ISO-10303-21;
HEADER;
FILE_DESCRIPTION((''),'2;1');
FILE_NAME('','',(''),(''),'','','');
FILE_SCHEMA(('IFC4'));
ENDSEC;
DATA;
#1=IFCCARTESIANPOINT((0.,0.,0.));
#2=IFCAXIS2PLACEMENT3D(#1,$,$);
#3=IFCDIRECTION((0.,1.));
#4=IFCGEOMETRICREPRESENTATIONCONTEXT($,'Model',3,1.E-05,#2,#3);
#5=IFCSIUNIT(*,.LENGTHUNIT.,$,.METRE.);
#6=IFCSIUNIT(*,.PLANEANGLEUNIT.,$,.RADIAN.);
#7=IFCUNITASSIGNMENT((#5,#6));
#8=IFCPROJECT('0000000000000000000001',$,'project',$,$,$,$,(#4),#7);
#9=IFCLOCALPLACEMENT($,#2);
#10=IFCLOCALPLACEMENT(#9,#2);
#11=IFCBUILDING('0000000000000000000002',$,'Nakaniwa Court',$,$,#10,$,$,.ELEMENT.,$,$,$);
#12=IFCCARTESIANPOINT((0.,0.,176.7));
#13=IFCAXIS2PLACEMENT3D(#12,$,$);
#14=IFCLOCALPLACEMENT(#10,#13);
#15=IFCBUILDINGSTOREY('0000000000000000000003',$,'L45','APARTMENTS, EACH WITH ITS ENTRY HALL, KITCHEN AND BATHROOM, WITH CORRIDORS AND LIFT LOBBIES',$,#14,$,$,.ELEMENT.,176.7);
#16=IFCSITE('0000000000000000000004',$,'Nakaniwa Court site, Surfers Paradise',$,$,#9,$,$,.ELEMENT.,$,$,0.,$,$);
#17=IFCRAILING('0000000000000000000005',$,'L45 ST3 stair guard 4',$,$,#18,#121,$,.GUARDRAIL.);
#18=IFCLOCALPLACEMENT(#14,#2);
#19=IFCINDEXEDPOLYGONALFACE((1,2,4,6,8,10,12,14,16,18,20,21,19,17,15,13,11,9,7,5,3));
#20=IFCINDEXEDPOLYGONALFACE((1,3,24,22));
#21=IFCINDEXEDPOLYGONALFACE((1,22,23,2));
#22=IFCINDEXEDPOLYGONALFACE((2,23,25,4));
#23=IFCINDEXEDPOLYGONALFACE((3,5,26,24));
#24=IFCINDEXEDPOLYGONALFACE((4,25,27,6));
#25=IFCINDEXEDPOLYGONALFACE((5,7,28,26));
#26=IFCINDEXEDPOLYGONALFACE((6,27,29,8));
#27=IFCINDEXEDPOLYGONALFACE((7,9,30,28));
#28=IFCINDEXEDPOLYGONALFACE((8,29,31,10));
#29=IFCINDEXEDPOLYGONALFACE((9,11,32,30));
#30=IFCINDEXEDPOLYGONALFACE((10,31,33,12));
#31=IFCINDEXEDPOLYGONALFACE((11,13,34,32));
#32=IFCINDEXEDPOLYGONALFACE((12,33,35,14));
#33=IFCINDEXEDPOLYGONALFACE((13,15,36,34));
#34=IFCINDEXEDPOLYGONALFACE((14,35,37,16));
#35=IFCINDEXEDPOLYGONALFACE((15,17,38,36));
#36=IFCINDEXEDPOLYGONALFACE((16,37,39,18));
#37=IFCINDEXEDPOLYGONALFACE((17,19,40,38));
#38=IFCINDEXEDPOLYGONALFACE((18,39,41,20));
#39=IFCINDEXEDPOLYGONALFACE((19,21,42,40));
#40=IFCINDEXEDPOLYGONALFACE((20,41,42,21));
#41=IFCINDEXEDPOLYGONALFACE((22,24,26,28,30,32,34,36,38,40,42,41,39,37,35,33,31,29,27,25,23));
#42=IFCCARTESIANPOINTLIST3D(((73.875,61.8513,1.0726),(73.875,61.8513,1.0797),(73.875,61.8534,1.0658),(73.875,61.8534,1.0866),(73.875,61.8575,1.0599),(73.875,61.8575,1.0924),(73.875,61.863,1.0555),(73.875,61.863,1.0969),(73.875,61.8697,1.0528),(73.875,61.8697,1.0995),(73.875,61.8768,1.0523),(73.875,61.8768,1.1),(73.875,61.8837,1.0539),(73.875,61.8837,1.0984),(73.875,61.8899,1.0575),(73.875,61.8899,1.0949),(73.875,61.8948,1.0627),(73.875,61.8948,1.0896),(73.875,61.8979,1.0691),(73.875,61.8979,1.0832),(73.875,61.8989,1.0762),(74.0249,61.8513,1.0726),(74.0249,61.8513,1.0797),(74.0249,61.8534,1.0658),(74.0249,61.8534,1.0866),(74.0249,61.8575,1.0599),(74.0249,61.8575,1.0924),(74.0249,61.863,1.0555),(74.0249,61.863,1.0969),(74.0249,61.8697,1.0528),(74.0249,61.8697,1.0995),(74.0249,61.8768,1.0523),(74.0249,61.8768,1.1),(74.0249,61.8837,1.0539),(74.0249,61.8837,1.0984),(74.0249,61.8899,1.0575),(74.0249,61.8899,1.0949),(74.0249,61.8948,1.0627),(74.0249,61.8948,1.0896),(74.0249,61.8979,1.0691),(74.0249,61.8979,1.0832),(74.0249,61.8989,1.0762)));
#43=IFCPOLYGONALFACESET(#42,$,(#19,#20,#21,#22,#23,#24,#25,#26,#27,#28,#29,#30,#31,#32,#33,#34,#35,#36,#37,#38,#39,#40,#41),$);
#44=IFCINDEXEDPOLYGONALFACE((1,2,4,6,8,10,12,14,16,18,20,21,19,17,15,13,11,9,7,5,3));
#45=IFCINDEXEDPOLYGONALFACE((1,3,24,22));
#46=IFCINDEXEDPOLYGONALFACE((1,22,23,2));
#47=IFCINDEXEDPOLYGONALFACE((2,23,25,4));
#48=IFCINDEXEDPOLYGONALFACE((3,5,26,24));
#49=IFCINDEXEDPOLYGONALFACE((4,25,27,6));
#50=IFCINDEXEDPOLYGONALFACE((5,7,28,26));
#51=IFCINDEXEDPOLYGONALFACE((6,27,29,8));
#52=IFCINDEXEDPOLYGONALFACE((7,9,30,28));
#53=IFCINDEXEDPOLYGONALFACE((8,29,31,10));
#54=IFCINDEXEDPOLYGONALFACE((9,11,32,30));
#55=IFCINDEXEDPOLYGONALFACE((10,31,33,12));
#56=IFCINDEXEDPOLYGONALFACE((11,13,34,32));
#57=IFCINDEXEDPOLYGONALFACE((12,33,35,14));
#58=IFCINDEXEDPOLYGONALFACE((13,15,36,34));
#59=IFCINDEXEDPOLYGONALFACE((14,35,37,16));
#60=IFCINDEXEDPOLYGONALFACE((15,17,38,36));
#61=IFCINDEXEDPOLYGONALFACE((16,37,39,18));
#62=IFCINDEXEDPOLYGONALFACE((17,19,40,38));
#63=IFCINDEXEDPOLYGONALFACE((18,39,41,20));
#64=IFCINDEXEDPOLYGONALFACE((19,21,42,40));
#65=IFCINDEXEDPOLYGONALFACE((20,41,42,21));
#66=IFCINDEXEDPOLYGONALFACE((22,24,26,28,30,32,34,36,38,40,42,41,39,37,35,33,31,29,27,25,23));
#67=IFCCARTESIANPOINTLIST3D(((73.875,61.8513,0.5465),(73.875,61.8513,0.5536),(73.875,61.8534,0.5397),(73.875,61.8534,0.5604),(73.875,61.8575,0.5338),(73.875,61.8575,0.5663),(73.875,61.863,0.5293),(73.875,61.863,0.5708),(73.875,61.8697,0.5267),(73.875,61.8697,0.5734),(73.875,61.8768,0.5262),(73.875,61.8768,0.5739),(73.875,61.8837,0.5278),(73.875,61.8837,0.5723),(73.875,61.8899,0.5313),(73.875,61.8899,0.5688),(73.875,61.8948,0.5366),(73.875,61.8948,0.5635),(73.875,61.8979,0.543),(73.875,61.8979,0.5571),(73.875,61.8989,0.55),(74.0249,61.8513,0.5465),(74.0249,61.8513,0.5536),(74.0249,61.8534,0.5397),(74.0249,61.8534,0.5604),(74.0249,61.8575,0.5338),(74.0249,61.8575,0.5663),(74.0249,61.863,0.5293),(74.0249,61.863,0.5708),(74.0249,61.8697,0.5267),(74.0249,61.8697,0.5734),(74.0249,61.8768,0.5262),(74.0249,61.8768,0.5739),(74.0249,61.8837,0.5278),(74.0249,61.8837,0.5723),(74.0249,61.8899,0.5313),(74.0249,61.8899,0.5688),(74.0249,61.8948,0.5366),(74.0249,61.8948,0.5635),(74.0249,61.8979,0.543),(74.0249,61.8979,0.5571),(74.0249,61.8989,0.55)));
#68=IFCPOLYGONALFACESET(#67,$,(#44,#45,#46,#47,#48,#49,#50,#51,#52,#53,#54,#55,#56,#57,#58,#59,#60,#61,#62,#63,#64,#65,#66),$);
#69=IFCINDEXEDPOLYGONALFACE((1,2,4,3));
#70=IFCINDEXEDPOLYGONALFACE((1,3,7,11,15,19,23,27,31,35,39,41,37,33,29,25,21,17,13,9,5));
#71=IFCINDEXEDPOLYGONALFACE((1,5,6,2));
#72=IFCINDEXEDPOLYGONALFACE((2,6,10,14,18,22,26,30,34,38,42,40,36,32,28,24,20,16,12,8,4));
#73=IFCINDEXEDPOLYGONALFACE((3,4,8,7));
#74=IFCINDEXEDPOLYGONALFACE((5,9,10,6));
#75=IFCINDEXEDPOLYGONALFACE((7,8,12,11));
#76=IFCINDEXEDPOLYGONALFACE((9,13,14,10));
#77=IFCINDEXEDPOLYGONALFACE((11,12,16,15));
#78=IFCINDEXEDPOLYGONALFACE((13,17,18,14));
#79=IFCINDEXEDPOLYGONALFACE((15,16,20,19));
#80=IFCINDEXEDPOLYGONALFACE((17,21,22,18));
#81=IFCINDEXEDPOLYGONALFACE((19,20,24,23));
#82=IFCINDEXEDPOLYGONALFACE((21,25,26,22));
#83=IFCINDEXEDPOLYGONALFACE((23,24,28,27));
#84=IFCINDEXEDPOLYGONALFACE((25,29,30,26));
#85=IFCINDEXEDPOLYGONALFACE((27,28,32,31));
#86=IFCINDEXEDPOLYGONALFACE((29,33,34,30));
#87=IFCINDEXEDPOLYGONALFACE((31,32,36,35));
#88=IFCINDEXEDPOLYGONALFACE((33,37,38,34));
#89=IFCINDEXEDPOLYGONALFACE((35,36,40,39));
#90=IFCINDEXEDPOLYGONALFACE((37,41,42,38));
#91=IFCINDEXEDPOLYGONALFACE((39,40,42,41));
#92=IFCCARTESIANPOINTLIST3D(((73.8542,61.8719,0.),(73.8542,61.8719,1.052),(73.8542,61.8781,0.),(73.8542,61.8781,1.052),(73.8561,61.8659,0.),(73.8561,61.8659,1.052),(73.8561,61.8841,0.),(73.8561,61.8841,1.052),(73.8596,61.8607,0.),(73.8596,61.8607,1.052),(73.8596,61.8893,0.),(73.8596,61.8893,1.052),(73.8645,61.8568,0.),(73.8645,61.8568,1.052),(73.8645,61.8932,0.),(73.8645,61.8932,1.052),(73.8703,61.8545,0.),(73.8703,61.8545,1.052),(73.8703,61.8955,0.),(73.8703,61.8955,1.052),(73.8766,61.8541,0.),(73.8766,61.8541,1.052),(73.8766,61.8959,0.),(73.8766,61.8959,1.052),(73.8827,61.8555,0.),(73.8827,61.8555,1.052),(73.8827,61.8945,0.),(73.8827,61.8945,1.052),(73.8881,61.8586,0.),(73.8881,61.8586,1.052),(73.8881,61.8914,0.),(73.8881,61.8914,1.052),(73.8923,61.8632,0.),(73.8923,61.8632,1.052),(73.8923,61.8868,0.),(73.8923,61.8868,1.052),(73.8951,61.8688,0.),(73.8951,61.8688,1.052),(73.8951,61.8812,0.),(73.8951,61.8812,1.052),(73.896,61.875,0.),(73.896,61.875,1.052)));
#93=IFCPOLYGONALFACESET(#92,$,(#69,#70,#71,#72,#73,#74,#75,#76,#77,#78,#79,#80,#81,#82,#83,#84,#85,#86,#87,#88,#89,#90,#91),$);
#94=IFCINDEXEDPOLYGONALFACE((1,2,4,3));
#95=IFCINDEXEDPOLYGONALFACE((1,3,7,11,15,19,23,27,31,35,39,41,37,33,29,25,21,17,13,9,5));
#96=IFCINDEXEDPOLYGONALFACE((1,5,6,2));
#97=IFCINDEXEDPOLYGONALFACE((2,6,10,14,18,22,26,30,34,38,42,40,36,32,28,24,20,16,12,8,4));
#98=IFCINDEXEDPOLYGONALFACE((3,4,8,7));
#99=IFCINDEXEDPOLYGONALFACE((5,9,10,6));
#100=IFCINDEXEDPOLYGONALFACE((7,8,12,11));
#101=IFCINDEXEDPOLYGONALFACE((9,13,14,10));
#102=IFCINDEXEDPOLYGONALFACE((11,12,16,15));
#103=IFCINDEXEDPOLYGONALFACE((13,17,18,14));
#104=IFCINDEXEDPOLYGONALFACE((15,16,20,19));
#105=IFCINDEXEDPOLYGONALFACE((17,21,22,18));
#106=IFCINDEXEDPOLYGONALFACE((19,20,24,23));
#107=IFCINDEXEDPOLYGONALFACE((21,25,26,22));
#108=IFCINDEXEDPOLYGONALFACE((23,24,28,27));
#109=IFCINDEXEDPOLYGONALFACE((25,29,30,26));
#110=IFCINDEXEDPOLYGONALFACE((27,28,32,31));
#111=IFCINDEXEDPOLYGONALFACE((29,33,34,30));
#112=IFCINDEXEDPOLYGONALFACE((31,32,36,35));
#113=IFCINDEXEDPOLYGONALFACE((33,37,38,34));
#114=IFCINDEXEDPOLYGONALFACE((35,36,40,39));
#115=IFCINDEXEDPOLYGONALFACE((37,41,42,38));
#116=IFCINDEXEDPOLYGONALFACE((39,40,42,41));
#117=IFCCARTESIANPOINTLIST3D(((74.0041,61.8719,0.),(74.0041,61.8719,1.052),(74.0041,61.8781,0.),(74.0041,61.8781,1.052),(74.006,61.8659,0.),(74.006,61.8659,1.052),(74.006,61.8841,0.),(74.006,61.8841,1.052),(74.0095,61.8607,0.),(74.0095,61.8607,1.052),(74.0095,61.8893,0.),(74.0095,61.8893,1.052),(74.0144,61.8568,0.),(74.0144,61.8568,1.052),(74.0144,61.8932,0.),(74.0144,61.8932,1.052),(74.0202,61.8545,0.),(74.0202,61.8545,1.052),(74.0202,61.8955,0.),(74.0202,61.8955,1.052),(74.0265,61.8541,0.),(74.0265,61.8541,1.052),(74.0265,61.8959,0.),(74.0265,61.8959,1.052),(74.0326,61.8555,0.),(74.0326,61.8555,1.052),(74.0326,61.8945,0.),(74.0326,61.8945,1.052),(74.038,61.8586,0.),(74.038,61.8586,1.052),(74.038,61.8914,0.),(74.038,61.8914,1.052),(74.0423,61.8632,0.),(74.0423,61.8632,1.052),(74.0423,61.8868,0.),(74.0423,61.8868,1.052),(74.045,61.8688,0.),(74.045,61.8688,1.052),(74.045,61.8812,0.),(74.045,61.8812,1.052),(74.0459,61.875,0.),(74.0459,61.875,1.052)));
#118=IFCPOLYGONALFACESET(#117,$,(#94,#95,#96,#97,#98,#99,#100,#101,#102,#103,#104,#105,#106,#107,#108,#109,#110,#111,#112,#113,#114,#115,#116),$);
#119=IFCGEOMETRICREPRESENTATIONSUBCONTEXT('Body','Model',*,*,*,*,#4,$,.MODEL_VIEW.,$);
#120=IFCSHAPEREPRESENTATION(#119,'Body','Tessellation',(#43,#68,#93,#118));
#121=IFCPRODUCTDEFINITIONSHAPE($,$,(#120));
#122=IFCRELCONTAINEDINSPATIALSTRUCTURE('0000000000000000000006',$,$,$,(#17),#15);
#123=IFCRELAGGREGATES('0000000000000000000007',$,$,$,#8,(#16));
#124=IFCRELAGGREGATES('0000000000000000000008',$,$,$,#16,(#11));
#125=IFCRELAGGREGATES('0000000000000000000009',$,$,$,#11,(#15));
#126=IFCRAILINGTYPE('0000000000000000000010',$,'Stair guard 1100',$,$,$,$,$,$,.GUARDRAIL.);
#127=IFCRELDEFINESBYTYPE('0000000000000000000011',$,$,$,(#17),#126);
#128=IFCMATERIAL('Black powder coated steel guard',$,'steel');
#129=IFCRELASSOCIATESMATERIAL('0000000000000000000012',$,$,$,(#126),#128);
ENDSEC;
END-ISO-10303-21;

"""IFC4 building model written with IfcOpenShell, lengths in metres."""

from ifc_helpers import new_model, si_unit, direction, frame, origin, origin_2d, place, context, subcontext, project, spatial, circle, extrude, material, type_object, element, save


model = new_model("IFC4")

# Units and contexts
model_context = context("Model", 3, precision=1e-05, world=origin(), true_north=direction((0.0, 1.0)))
body_context = subcontext(model_context, "Body", "Model", "MODEL_VIEW")
ifc_project = project(units=[si_unit("LENGTHUNIT", "METRE"), si_unit("PLANEANGLEUNIT", "RADIAN")], contexts=[model_context])

# Site, building, storey
site_placement = place(None, origin())
site = spatial("IfcSite", under=ifc_project, at=site_placement, Name="Nakaniwa Court site, Surfers Paradise", CompositionType="ELEMENT", RefElevation=0.0)
building_placement = place(site_placement, origin())
building = spatial("IfcBuilding", under=site, at=building_placement, Name="Nakaniwa Court", CompositionType="ELEMENT")
storey_placement = place(building_placement, frame((0.0, 0.0, 176.7)))
storey = spatial("IfcBuildingStorey", under=building, at=storey_placement, Name="L45", Description="APARTMENTS, EACH WITH ITS ENTRY HALL, KITCHEN AND BATHROOM, WITH CORRIDORS AND LIFT LOBBIES", CompositionType="ELEMENT", Elevation=176.7)

# Railing
ifc_material_1 = material(Name="Black powder coated steel guard", Category="steel")
railing_type_1 = type_object("IfcRailingType", Name="Stair guard 1100", PredefinedType="GUARDRAIL", material=ifc_material_1)
railing_1_placement = place(storey_placement, frame((73.875, 61.875, 0.0)))
element("IfcRailing", 1, at=railing_1_placement, inside=storey, type_object=railing_type_1, Name="L45 ST3 stair guard 4", PredefinedType="GUARDRAIL", context=body_context, shape_type="SweptSolid", body=[
    extrude(circle(Radius=0.0239, at=origin_2d()), frame((0.0, 0.0, 1.0762), z_axis=(1.0, 0.0, 0.0), x_axis=(0.0, 1.0, 0.0)), (0.0, 0.0, 1.0), 0.1499),
    extrude(circle(Radius=0.0239, at=origin_2d()), frame((0.0, 0.0, 0.55), z_axis=(1.0, 0.0, 0.0), x_axis=(0.0, 1.0, 0.0)), (0.0, 0.0, 1.0), 0.1499),
    extrude(circle(Radius=0.021, at=origin_2d()), origin(), (0.0, 0.0, 1.0), 1.052),
    extrude(circle(Radius=0.021, at=origin_2d()), frame((0.1499, 0.0, 0.0)), (0.0, 0.0, 1.0), 1.052),
])

save(model, "model.ifc")
